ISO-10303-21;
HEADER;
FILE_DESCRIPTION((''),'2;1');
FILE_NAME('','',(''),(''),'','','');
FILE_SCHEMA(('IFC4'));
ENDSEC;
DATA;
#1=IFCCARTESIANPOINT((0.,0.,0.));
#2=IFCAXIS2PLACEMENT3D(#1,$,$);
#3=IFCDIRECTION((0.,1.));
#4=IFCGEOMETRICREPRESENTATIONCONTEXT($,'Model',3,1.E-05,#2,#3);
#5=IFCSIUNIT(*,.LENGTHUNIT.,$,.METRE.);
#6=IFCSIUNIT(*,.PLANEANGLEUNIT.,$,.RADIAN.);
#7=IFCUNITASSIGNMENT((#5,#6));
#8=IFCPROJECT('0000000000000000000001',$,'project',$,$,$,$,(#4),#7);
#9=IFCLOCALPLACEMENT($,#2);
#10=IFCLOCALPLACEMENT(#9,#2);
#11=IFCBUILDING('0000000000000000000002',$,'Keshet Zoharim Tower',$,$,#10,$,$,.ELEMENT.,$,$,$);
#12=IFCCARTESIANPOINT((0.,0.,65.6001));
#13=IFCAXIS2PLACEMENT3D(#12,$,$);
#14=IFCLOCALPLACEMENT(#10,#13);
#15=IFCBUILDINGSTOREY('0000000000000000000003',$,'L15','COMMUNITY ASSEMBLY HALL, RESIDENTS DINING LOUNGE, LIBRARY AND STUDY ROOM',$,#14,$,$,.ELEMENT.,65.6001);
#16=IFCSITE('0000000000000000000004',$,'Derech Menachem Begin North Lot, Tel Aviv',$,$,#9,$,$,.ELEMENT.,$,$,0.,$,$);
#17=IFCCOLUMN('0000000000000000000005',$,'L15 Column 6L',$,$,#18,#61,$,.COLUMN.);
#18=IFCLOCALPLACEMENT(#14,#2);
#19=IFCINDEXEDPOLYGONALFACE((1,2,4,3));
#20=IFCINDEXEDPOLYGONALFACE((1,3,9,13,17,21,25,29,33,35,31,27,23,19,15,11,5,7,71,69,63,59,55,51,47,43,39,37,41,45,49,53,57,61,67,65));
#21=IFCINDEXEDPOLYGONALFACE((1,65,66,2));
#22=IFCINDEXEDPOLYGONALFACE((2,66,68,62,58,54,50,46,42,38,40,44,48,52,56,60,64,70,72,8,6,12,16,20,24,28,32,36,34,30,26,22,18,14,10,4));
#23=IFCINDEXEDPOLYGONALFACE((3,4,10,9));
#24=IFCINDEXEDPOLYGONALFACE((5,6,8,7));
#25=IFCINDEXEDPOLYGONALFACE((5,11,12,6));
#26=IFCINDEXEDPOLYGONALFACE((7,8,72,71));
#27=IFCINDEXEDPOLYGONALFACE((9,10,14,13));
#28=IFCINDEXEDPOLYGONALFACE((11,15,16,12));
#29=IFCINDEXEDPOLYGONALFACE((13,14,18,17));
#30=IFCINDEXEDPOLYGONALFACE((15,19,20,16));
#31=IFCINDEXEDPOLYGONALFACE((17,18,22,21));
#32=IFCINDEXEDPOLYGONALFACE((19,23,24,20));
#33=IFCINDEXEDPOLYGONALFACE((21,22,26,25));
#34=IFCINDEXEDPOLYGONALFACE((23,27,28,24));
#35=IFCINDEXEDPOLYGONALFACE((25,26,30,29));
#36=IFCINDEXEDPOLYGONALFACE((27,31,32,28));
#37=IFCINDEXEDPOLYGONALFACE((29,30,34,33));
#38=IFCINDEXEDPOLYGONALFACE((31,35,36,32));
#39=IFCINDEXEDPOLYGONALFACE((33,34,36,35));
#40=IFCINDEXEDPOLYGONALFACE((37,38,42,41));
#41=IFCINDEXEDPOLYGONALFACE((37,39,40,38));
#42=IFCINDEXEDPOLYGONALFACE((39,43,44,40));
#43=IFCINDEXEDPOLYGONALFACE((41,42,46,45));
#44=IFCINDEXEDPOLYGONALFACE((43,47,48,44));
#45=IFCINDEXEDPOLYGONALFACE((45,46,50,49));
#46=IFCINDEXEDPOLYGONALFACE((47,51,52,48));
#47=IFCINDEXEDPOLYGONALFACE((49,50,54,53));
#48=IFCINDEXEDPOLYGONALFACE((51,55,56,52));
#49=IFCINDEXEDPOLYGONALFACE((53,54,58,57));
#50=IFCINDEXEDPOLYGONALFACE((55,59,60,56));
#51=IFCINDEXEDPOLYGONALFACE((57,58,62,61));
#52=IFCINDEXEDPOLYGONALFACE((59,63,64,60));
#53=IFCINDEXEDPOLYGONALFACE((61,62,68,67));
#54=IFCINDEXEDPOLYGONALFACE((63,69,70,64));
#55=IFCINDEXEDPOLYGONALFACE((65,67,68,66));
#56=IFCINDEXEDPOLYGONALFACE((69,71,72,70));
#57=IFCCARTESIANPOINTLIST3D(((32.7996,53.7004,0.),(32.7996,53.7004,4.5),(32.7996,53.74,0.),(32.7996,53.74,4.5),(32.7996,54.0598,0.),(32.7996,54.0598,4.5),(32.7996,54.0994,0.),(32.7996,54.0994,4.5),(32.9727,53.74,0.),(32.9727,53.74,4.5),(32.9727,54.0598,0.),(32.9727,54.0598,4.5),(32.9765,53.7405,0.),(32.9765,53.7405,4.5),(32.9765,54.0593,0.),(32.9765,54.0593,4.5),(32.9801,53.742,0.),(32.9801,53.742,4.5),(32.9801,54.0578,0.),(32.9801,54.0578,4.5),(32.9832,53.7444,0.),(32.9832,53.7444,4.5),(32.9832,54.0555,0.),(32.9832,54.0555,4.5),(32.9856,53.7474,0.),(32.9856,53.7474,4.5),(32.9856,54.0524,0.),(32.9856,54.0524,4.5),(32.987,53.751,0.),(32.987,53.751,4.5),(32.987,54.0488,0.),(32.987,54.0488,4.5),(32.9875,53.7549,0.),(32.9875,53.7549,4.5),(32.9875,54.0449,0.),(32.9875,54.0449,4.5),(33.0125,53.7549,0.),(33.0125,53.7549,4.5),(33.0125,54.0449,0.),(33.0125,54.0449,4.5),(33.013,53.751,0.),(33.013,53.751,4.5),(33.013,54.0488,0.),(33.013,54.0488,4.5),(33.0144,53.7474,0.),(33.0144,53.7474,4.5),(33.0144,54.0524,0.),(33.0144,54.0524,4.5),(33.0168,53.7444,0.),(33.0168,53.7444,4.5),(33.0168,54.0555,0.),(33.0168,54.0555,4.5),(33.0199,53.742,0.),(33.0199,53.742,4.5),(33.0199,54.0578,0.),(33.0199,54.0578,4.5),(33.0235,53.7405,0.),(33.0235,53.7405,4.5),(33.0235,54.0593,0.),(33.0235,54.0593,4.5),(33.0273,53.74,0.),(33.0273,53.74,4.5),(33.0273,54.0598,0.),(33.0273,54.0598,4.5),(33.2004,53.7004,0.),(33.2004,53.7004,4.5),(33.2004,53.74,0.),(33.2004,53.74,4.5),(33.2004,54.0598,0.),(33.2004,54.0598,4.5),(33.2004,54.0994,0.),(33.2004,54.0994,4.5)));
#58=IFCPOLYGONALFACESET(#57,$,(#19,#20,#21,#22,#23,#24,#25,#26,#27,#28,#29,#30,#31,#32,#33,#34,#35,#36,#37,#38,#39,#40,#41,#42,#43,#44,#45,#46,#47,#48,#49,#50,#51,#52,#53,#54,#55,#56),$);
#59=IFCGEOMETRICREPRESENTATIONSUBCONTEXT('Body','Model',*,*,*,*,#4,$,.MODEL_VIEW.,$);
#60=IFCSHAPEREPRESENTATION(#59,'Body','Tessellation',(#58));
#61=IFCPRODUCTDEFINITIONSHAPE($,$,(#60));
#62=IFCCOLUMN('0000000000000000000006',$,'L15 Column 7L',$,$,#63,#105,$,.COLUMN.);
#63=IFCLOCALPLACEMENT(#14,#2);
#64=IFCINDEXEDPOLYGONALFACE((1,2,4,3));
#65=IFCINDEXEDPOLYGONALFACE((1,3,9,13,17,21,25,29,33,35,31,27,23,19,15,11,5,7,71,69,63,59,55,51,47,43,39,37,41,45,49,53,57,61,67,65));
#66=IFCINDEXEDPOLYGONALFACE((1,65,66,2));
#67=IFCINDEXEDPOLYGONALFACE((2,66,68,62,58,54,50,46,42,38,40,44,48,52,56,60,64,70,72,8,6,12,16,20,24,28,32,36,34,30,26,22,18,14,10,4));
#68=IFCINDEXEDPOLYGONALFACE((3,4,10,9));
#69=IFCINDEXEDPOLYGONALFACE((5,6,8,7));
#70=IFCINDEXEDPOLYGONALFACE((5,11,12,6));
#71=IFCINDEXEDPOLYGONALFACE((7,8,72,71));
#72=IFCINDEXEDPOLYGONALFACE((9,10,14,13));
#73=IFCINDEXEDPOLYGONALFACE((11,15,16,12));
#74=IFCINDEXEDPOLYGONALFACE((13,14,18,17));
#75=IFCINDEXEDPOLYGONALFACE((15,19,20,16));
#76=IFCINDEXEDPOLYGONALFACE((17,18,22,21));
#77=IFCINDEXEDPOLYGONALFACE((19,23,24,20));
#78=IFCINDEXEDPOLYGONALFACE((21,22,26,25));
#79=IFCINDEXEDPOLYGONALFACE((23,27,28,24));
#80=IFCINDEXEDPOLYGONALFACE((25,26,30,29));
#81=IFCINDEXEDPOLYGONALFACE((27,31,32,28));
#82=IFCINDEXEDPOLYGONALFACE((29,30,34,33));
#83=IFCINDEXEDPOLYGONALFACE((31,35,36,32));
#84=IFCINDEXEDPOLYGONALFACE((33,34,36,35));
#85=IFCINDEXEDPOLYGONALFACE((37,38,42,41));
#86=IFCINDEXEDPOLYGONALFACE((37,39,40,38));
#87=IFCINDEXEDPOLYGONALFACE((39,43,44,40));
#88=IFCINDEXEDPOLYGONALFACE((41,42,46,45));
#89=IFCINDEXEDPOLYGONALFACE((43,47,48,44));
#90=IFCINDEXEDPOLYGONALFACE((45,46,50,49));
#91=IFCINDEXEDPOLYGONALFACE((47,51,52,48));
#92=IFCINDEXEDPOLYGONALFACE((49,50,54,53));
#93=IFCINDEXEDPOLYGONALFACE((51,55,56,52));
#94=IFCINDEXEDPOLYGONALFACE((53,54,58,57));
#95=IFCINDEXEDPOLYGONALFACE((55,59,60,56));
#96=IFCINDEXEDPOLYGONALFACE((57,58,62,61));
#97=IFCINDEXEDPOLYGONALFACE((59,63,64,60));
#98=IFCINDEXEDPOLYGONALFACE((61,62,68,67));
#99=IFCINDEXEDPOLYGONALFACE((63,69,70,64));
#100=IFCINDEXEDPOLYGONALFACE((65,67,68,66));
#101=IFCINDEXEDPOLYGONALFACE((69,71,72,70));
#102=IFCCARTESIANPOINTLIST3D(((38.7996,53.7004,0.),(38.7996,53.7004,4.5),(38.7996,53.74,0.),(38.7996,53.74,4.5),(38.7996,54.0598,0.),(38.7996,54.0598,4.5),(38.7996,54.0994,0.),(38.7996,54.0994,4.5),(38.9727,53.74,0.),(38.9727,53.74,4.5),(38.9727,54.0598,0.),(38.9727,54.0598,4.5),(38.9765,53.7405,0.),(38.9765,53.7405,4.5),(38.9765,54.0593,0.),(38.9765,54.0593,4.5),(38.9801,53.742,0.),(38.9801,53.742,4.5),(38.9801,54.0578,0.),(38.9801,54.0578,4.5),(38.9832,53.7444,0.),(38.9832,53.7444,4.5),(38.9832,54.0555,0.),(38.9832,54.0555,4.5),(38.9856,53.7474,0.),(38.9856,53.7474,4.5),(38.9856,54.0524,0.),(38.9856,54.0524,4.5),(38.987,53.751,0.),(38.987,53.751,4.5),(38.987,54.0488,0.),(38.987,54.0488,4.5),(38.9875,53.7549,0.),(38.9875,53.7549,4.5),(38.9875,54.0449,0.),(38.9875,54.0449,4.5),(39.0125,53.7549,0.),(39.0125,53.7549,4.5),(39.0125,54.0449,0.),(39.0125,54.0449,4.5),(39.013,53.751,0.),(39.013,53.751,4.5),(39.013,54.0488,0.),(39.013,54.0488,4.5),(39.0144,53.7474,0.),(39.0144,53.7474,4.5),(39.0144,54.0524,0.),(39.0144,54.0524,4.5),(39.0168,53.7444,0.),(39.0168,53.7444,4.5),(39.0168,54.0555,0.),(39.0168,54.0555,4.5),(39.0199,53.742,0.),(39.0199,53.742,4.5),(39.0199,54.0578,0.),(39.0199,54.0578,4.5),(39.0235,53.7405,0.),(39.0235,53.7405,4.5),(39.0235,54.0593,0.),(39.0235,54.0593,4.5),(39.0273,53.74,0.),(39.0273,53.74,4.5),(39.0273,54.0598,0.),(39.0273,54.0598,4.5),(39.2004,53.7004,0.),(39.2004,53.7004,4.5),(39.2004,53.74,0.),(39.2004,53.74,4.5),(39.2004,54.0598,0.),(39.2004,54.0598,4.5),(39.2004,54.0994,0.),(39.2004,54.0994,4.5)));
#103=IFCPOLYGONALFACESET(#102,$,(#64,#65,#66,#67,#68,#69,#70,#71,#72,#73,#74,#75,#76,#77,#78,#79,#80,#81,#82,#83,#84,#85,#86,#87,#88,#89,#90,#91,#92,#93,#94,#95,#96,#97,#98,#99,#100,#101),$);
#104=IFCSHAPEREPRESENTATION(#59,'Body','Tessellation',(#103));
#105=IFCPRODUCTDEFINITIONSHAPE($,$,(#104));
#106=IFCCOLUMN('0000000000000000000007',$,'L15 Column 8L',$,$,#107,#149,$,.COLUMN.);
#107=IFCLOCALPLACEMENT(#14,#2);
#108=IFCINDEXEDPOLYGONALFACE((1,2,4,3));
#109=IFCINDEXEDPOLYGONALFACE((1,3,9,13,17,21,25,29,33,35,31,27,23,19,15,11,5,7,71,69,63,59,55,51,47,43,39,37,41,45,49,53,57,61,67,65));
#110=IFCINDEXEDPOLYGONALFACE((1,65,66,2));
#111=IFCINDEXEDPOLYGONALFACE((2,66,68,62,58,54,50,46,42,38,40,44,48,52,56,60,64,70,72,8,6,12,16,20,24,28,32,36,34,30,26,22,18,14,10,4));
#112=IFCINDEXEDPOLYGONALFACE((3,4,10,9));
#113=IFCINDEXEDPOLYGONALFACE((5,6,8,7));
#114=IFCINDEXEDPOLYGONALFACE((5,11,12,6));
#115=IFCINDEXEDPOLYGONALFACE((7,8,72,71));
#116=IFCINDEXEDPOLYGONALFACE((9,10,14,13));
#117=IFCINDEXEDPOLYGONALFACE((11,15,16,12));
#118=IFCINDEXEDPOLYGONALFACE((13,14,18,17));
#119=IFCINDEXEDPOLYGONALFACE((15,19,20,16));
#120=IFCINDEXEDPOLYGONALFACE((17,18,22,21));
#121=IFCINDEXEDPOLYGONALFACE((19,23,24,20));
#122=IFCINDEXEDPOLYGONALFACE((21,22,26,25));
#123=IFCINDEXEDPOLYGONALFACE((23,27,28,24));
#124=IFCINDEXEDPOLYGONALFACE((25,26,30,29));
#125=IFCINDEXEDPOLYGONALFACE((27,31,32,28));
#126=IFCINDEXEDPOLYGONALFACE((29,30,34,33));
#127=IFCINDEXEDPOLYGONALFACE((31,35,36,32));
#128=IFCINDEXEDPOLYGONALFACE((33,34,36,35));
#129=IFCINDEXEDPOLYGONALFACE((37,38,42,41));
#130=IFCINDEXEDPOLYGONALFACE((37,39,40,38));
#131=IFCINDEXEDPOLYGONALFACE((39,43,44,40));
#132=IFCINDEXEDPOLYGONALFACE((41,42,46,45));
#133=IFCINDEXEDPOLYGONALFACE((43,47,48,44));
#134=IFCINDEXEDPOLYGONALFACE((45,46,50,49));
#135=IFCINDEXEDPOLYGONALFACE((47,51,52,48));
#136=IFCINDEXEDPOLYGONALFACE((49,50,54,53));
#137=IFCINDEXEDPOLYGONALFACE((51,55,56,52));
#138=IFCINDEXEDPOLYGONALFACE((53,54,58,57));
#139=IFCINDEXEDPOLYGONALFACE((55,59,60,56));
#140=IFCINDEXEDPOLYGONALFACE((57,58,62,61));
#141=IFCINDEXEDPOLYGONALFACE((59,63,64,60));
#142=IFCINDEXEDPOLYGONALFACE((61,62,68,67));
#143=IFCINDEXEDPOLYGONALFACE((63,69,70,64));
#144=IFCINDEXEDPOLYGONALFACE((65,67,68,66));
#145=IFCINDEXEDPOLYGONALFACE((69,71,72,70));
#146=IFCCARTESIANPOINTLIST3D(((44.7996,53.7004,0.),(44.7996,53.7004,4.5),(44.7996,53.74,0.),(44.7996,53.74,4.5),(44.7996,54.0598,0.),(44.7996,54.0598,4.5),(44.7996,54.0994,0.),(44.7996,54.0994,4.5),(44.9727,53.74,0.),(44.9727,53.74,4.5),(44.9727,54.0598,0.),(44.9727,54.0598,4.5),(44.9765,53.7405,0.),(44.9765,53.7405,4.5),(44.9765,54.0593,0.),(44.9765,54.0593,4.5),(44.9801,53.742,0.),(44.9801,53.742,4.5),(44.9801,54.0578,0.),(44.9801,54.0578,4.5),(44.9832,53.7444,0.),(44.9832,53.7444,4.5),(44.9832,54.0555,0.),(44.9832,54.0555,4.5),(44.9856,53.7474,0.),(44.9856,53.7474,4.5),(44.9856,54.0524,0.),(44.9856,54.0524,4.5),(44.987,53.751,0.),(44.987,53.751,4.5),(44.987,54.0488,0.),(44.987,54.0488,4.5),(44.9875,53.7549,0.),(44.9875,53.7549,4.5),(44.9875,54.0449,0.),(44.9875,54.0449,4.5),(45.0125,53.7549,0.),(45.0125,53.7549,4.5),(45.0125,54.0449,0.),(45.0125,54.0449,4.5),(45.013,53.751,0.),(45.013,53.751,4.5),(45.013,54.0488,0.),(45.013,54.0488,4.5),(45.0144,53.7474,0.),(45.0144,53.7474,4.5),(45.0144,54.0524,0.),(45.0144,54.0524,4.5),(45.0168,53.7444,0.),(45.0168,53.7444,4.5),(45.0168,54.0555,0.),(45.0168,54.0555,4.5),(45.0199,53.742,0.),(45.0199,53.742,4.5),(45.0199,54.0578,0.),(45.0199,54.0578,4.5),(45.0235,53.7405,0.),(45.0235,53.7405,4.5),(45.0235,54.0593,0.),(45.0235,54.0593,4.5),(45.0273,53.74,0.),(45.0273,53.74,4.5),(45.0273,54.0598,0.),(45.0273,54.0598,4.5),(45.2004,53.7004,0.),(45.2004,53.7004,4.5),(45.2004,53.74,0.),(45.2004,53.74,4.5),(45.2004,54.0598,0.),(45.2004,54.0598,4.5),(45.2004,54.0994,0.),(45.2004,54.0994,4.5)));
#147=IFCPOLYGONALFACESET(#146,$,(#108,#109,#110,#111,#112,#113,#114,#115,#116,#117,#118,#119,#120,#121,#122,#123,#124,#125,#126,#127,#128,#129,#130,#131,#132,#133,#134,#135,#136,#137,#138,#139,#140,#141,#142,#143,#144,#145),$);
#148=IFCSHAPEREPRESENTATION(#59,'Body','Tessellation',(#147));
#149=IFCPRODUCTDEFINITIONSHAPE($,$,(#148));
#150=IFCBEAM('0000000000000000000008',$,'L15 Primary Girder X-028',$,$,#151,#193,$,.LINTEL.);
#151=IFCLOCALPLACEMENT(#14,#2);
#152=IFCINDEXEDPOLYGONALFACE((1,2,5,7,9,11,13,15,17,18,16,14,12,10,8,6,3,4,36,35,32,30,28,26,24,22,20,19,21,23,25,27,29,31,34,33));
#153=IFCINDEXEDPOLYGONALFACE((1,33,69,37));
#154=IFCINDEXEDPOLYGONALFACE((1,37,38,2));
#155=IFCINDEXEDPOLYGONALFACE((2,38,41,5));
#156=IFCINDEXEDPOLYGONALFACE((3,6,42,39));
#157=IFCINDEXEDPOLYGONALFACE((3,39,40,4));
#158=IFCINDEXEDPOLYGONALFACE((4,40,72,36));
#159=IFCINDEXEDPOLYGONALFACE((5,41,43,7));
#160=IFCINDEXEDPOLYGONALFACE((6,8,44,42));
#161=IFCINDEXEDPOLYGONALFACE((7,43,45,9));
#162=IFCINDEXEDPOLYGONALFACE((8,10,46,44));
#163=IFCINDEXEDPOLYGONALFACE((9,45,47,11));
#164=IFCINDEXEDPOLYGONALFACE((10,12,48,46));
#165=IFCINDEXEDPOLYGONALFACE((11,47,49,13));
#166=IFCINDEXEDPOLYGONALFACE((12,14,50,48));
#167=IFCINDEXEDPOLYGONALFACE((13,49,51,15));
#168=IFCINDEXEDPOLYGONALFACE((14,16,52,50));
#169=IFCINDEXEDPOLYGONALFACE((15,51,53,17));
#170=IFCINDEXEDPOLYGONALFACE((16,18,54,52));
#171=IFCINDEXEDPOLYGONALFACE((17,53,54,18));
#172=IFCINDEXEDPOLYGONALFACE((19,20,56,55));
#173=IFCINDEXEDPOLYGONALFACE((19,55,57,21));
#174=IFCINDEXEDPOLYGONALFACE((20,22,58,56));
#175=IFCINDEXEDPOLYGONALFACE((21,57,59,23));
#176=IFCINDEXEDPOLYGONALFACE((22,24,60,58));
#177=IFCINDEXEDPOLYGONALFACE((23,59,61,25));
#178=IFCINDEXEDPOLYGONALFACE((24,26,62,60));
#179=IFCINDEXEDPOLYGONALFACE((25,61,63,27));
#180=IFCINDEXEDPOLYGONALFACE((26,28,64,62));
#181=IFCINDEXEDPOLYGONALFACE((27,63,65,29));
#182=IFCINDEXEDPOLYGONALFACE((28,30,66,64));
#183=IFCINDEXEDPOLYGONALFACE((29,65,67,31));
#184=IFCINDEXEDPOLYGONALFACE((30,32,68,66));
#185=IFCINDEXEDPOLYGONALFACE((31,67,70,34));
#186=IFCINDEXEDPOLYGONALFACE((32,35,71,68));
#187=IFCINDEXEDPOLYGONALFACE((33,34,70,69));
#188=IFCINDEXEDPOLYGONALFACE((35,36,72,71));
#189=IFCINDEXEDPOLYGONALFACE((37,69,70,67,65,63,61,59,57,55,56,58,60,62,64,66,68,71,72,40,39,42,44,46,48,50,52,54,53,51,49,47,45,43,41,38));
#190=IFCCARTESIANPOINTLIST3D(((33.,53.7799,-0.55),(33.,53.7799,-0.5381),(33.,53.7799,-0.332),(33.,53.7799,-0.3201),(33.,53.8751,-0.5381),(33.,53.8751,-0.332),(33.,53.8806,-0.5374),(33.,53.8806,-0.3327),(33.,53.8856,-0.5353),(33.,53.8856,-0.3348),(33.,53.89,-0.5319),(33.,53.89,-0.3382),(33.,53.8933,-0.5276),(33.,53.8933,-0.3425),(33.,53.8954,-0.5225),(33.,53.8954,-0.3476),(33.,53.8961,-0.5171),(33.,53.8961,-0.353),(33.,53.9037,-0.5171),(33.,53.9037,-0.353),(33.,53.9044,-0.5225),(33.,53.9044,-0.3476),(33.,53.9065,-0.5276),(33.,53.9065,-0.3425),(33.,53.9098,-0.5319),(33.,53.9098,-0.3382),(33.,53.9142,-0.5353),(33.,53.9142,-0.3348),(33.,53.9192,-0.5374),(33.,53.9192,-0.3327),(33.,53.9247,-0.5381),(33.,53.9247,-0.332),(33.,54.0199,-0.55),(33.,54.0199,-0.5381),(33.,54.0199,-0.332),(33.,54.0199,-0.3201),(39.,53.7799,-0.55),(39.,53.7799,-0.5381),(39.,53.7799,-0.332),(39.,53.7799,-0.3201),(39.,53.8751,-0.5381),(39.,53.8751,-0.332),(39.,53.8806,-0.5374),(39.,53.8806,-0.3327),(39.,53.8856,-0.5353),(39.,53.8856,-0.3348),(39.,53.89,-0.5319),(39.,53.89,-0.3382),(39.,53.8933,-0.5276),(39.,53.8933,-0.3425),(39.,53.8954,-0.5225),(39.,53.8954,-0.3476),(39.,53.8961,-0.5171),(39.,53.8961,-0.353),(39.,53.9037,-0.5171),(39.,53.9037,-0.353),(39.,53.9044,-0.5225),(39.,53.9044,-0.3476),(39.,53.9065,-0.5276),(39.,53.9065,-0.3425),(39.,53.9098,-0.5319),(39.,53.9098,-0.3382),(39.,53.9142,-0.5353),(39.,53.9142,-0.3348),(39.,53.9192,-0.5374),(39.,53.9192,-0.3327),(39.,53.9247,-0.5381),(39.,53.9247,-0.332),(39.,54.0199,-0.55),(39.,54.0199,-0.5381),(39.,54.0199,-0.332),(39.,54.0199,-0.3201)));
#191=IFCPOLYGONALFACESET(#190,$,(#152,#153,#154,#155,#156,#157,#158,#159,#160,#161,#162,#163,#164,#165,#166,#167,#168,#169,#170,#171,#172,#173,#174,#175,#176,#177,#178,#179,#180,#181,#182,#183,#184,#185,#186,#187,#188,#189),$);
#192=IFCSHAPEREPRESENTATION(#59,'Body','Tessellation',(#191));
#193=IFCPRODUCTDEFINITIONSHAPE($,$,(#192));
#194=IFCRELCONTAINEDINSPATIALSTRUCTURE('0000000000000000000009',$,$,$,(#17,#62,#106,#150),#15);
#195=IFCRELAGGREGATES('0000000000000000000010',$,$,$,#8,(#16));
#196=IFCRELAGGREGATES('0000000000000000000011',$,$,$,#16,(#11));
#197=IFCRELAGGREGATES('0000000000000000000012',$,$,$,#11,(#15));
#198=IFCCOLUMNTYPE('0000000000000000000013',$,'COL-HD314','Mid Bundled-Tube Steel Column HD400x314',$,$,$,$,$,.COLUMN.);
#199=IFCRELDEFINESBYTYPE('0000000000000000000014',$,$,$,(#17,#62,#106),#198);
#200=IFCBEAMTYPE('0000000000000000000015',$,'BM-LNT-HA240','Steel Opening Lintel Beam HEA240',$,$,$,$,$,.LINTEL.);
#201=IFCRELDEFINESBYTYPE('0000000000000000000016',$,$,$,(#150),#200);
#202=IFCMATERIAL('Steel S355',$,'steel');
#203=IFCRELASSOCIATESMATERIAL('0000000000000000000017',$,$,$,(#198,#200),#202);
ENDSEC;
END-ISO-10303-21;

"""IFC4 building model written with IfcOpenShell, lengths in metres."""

from ifc_helpers import new_model, si_unit, direction, frame, origin, origin_2d, place, context, subcontext, project, spatial, i_section, extrude, material, material_profile, profile_set, type_object, element, save


model = new_model("IFC4")

# Units and contexts
model_context = context("Model", 3, precision=1e-05, world=origin(), true_north=direction((0.0, 1.0)))
body_context = subcontext(model_context, "Body", "Model", "MODEL_VIEW")
ifc_project = project(units=[si_unit("LENGTHUNIT", "METRE"), si_unit("PLANEANGLEUNIT", "RADIAN")], contexts=[model_context])

# Site, building, storey
site_placement = place(None, origin())
site = spatial("IfcSite", under=ifc_project, at=site_placement, Name="Derech Menachem Begin North Lot, Tel Aviv", CompositionType="ELEMENT", RefElevation=0.0)
building_placement = place(site_placement, origin())
building = spatial("IfcBuilding", under=site, at=building_placement, Name="Keshet Zoharim Tower", CompositionType="ELEMENT")
storey_placement = place(building_placement, frame((0.0, 0.0, 65.6001)))
storey = spatial("IfcBuildingStorey", under=building, at=storey_placement, Name="L15", Description="COMMUNITY ASSEMBLY HALL, RESIDENTS DINING LOUNGE, LIBRARY AND STUDY ROOM", CompositionType="ELEMENT", Elevation=65.6001)

# Columns
ifc_material_1 = material(Name="Steel S355", Category="steel")
ifc_material_profile_1 = material_profile(ifc_material_1, i_section(OverallWidth=0.4009, OverallDepth=0.3989, WebThickness=0.0249, FlangeThickness=0.0396, FilletRadius=0.0149, at=origin_2d()), Name="HD400x314")
ifc_profile_set_1 = profile_set([ifc_material_profile_1], Name="Steel S355")
column_type = type_object("IfcColumnType", Name="COL-HD314", Description="Mid Bundled-Tube Steel Column HD400x314", PredefinedType="COLUMN", material=ifc_profile_set_1)
for number, where, z_axis, x_axis, name in (
    (1, (33.0, 53.8999, 0.0), (0.0, 0.0, 1.0), (1.0, 0.0, 0.0), "L15 Column 6L"),
    (2, (39.0, 53.8999, 0.0), (0.0, 0.0, 1.0), (1.0, 0.0, 0.0), "L15 Column 7L"),
    (3, (45.0, 53.8999, 0.0), (0.0, 0.0, 1.0), (1.0, 0.0, 0.0), "L15 Column 8L"),
):
    element("IfcColumn", number, at=place(storey_placement, frame(where, z_axis=z_axis, x_axis=x_axis)), inside=storey, type_object=column_type, Name=name, PredefinedType="COLUMN", context=body_context, shape_type="SweptSolid", body=[
        extrude(i_section(OverallWidth=0.4009, OverallDepth=0.3989, WebThickness=0.0249, FlangeThickness=0.0396, FilletRadius=0.0149, at=origin_2d()), origin(), (0.0, 0.0, 1.0), 4.5),
    ])

# Beam
ifc_material_profile_2 = material_profile(ifc_material_1, i_section(OverallWidth=0.24, OverallDepth=0.23, WebThickness=0.0076, FlangeThickness=0.012, FilletRadius=0.021, at=origin_2d()), Name="HEA240")
ifc_profile_set_2 = profile_set([ifc_material_profile_2], Name="Steel S355")
beam_type_1 = type_object("IfcBeamType", Name="BM-LNT-HA240", Description="Steel Opening Lintel Beam HEA240", PredefinedType="LINTEL", material=ifc_profile_set_2)
beam_1_placement = place(storey_placement, frame((33.0, 53.8999, -0.4351), z_axis=(1.0, 0.0, 0.0), x_axis=(0.0, 1.0, 0.0)))
element("IfcBeam", 4, at=beam_1_placement, inside=storey, type_object=beam_type_1, Name="L15 Primary Girder X-028", PredefinedType="LINTEL", context=body_context, shape_type="SweptSolid", body=[
    extrude(i_section(OverallWidth=0.24, OverallDepth=0.23, WebThickness=0.0076, FlangeThickness=0.012, FilletRadius=0.021, at=origin_2d()), origin(), (0.0, 0.0, 1.0), 6.0),
])

save(model, "model.ifc")
